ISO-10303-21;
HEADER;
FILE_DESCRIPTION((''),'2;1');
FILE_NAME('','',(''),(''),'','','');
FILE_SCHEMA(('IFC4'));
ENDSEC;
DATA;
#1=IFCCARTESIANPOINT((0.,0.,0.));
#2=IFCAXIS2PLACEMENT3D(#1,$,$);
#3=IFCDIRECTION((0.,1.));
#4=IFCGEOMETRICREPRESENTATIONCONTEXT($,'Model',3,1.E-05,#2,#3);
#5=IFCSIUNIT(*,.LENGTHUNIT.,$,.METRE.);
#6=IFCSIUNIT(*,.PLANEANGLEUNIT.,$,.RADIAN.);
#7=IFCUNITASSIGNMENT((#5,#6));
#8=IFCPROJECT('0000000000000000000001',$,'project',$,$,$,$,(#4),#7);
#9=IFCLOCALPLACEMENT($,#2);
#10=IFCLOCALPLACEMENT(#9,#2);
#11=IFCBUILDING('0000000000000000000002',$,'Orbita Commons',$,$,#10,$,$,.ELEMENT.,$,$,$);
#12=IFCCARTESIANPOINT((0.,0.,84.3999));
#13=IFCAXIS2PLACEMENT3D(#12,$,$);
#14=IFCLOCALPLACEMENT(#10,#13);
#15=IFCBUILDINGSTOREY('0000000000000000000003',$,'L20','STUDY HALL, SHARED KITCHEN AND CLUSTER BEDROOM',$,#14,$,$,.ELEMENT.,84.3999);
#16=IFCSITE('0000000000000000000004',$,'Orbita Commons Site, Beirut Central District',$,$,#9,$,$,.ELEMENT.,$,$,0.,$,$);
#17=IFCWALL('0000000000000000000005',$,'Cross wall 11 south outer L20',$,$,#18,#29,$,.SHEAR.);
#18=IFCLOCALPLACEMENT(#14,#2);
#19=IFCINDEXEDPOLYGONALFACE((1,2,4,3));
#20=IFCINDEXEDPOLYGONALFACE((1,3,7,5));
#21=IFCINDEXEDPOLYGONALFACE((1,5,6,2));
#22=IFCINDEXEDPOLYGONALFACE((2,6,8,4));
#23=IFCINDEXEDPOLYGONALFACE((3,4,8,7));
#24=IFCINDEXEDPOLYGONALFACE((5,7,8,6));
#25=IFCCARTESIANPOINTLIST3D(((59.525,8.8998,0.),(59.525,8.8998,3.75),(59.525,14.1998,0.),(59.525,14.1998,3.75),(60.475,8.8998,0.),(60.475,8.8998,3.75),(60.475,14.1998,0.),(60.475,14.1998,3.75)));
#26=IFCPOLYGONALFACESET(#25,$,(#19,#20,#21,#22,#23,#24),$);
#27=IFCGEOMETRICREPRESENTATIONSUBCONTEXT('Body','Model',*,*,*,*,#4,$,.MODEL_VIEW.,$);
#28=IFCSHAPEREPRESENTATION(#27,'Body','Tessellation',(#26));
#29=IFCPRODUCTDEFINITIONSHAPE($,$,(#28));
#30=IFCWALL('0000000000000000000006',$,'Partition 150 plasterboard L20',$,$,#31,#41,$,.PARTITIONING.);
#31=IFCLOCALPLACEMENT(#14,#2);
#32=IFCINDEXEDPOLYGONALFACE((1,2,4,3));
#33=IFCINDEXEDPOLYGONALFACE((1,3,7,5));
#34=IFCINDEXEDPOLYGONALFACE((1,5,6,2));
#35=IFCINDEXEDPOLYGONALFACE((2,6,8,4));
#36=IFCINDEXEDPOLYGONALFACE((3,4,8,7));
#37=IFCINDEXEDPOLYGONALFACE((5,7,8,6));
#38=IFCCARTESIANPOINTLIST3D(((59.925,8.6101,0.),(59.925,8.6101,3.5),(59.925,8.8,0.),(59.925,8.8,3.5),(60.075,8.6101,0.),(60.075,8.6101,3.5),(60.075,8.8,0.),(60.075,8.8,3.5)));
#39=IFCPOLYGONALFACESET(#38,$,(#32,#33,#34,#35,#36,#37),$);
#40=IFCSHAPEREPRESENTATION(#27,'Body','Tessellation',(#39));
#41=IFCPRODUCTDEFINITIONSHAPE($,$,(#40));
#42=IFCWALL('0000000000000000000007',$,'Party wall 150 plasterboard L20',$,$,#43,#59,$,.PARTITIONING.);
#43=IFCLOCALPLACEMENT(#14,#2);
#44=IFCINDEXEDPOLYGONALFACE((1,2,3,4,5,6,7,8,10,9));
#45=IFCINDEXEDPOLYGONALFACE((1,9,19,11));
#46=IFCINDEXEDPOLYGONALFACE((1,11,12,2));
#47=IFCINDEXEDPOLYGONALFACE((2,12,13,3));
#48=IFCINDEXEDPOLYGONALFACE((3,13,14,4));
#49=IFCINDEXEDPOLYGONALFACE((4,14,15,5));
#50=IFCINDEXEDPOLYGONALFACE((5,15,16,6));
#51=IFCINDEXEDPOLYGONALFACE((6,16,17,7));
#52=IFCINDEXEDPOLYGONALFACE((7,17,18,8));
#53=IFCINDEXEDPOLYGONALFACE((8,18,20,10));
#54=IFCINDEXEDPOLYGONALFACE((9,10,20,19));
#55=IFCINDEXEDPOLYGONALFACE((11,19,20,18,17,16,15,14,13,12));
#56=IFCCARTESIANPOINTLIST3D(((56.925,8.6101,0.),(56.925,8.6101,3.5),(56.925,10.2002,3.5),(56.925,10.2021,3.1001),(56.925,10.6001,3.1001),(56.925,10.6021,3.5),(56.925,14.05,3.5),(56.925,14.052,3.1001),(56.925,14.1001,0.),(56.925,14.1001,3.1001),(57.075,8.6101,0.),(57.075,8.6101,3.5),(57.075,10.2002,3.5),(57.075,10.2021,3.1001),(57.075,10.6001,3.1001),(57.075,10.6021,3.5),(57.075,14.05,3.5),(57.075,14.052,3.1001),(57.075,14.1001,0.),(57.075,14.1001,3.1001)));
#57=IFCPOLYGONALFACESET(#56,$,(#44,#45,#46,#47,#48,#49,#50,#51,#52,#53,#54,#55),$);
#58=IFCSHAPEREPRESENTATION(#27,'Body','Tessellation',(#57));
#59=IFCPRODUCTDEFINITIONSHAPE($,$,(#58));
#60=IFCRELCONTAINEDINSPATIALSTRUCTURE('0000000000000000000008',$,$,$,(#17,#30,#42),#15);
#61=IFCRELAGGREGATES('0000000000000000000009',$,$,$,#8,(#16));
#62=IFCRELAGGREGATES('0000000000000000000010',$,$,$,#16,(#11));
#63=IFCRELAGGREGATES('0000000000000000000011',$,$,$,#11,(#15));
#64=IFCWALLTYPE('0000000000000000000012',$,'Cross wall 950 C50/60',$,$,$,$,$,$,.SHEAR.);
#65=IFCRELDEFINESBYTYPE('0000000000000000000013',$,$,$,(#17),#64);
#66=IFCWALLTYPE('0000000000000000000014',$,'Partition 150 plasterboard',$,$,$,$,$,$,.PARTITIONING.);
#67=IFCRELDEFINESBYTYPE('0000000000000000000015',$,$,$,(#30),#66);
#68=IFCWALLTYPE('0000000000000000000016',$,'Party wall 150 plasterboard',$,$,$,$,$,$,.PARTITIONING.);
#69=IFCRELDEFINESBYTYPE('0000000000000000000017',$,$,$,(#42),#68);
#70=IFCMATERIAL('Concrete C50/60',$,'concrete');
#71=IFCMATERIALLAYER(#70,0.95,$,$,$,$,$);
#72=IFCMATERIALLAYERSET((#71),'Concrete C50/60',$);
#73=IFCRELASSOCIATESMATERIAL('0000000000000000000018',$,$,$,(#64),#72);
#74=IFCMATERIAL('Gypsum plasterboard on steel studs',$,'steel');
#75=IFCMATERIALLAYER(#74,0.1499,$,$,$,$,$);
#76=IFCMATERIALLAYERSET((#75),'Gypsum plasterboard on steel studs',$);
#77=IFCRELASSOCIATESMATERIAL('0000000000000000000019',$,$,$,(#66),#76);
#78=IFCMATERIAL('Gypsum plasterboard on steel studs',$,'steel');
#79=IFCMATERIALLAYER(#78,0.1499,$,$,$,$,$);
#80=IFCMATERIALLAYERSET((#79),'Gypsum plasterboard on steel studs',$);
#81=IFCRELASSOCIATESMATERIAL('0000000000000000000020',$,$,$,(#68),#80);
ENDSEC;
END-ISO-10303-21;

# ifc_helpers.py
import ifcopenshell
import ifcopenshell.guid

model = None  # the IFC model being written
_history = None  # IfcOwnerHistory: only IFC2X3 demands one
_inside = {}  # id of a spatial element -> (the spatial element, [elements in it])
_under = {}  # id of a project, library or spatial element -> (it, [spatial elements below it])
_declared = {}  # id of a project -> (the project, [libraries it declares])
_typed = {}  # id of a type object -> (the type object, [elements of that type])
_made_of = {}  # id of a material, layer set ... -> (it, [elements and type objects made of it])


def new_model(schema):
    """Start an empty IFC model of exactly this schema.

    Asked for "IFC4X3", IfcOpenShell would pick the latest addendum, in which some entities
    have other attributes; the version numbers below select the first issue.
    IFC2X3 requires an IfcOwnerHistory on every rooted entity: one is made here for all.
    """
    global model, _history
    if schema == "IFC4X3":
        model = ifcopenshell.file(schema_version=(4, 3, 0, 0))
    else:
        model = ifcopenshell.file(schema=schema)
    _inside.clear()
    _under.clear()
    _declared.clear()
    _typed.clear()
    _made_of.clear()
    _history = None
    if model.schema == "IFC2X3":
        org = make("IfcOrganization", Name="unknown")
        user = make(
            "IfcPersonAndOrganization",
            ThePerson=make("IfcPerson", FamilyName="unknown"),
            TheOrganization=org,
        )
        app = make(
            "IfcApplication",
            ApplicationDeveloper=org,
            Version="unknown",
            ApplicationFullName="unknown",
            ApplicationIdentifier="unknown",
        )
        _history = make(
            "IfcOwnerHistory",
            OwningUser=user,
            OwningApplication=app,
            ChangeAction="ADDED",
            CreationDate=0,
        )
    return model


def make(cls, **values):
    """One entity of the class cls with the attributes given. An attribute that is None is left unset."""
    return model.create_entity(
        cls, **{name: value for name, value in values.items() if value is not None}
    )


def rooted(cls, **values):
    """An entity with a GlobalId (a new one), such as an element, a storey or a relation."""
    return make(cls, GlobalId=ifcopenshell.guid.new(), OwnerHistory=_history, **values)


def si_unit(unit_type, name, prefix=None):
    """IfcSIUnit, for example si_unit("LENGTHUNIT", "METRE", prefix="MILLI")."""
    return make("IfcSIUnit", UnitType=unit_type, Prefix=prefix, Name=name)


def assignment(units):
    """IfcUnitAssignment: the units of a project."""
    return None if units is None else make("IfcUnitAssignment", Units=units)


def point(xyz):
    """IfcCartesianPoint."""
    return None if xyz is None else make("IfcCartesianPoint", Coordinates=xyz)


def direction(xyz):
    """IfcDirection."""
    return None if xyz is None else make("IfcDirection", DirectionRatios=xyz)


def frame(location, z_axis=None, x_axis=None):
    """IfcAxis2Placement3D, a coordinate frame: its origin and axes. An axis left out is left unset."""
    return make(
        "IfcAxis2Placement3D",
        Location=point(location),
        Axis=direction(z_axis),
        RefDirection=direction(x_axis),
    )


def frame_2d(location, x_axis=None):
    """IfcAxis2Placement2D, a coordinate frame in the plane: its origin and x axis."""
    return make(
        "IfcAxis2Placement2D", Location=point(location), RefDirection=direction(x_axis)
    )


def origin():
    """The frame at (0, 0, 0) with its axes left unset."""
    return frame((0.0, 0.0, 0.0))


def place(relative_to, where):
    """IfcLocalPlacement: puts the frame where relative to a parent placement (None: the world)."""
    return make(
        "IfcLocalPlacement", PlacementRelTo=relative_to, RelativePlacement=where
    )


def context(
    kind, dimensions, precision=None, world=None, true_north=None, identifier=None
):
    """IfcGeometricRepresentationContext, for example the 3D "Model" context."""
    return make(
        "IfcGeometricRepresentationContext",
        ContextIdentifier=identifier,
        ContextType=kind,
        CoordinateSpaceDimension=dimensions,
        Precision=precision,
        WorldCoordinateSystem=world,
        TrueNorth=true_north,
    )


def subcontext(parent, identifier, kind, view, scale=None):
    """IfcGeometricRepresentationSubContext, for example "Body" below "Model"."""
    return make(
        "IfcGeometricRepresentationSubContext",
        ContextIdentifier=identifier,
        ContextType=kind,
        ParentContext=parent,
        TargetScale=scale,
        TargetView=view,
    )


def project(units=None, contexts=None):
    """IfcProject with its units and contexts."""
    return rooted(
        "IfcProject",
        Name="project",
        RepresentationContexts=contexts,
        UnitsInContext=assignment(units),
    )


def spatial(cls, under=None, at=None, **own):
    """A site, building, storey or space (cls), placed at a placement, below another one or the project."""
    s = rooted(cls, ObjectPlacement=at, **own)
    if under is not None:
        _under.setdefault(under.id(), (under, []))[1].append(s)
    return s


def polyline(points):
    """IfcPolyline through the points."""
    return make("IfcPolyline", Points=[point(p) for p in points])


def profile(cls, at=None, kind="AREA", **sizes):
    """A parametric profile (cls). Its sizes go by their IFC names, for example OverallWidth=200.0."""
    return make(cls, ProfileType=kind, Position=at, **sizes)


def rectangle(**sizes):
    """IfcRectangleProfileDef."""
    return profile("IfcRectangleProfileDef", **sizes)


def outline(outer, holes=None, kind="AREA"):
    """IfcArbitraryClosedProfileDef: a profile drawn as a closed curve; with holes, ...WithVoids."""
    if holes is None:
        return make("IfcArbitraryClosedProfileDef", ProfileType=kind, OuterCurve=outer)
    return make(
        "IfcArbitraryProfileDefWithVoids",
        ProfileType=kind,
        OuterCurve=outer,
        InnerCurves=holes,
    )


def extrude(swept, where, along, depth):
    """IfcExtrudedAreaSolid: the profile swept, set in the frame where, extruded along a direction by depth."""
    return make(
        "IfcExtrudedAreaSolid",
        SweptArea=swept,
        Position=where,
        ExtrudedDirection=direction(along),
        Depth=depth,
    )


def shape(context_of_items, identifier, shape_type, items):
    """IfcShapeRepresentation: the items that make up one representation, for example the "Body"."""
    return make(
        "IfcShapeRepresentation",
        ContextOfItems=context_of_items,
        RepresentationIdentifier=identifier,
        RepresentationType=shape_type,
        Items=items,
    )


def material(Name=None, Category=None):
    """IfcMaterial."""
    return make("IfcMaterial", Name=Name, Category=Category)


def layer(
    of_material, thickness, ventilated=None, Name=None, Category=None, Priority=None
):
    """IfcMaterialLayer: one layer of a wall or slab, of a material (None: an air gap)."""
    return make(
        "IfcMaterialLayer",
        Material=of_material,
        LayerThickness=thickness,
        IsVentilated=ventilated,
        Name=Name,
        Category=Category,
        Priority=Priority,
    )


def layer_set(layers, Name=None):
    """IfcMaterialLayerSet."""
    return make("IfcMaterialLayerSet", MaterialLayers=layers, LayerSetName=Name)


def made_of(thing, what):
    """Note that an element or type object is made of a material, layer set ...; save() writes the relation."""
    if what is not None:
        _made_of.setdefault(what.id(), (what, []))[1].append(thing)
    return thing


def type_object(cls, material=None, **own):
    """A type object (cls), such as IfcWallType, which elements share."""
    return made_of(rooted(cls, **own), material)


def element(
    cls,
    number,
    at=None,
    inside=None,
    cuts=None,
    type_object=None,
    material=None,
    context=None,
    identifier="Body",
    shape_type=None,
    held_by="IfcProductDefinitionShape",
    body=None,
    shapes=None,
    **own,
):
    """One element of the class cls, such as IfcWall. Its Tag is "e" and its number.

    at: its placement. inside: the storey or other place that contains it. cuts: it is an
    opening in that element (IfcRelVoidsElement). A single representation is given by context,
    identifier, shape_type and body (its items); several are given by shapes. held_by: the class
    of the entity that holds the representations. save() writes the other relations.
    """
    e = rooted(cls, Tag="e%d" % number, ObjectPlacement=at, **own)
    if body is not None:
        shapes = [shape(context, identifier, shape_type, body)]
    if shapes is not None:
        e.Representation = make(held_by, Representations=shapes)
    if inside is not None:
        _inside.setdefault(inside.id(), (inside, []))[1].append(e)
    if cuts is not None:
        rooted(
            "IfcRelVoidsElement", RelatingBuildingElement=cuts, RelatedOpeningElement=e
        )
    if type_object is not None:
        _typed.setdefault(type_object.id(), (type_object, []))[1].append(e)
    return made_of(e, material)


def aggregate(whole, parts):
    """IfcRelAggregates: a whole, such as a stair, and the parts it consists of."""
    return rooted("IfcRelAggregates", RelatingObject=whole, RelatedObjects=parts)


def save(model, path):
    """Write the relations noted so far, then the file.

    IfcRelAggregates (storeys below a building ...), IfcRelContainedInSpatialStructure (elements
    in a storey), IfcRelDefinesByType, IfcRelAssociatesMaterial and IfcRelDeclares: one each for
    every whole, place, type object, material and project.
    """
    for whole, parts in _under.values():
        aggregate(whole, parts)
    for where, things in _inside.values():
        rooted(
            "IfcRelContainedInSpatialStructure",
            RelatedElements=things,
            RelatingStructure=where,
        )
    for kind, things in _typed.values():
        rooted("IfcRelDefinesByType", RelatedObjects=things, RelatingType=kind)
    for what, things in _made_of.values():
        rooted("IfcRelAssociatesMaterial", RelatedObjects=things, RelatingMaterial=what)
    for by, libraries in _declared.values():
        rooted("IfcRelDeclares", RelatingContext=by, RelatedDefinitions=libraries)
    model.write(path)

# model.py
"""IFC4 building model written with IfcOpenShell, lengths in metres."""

from ifc_helpers import new_model, si_unit, direction, frame, frame_2d, origin, place, context, subcontext, project, spatial, polyline, rectangle, outline, extrude, material, layer, layer_set, type_object, element, save


model = new_model("IFC4")

# Units and contexts
model_context = context("Model", 3, precision=1e-05, world=origin(), true_north=direction((0.0, 1.0)))
body_context = subcontext(model_context, "Body", "Model", "MODEL_VIEW")
ifc_project = project(units=[si_unit("LENGTHUNIT", "METRE"), si_unit("PLANEANGLEUNIT", "RADIAN")], contexts=[model_context])

# Site, building, storey
site_placement = place(None, origin())
site = spatial("IfcSite", under=ifc_project, at=site_placement, Name="Orbita Commons Site, Beirut Central District", CompositionType="ELEMENT", RefElevation=0.0)
building_placement = place(site_placement, origin())
building = spatial("IfcBuilding", under=site, at=building_placement, Name="Orbita Commons", CompositionType="ELEMENT")
storey_placement = place(building_placement, frame((0.0, 0.0, 84.3999)))
storey = spatial("IfcBuildingStorey", under=building, at=storey_placement, Name="L20", Description="STUDY HALL, SHARED KITCHEN AND CLUSTER BEDROOM", CompositionType="ELEMENT", Elevation=84.3999)

# Walls
ifc_material_1 = material(Name="Concrete C50/60", Category="concrete")
ifc_layer_1 = layer(ifc_material_1, 0.95)
ifc_layer_set_1 = layer_set([ifc_layer_1], Name="Concrete C50/60")
wall_type_1 = type_object("IfcWallType", Name="Cross wall 950 C50/60", PredefinedType="SHEAR", material=ifc_layer_set_1)
wall_1_placement = place(storey_placement, frame((60.0, 8.8999, 0.0), z_axis=(0.0, 0.0, 1.0), x_axis=(0.0, 1.0, 0.0)))
element("IfcWall", 1, at=wall_1_placement, inside=storey, type_object=wall_type_1, Name="Cross wall 11 south outer L20", PredefinedType="SHEAR", context=body_context, shape_type="SweptSolid", body=[
    extrude(rectangle(XDim=5.3, YDim=0.95, at=frame_2d((2.6499, 0.0))), origin(), (0.0, 0.0, 1.0), 3.75),
])
ifc_material_2 = material(Name="Gypsum plasterboard on steel studs", Category="steel")
ifc_layer_2 = layer(ifc_material_2, 0.1499)
ifc_layer_set_2 = layer_set([ifc_layer_2], Name="Gypsum plasterboard on steel studs")
wall_type_2 = type_object("IfcWallType", Name="Partition 150 plasterboard", PredefinedType="PARTITIONING", material=ifc_layer_set_2)
wall_2_placement = place(storey_placement, frame((60.0, 8.8, 0.0), z_axis=(0.0, 0.0, 1.0), x_axis=(0.0, -1.0, 0.0)))
element("IfcWall", 2, at=wall_2_placement, inside=storey, type_object=wall_type_2, Name="Partition 150 plasterboard L20", PredefinedType="PARTITIONING", context=body_context, shape_type="SweptSolid", body=[
    extrude(rectangle(XDim=0.1899, YDim=0.1499, at=frame_2d((0.095, 0.0))), origin(), (0.0, 0.0, 1.0), 3.5),
])
ifc_material_3 = material(Name="Gypsum plasterboard on steel studs", Category="steel")
ifc_layer_3 = layer(ifc_material_3, 0.1499)
ifc_layer_set_3 = layer_set([ifc_layer_3], Name="Gypsum plasterboard on steel studs")
wall_type_3 = type_object("IfcWallType", Name="Party wall 150 plasterboard", PredefinedType="PARTITIONING", material=ifc_layer_set_3)
wall_3_placement = place(storey_placement, frame((57.0, 8.6101, 0.0), z_axis=(0.0, 0.0, 1.0), x_axis=(0.0, 1.0, 0.0)))
element("IfcWall", 3, at=wall_3_placement, inside=storey, type_object=wall_type_3, Name="Party wall 150 plasterboard L20", PredefinedType="PARTITIONING", context=body_context, shape_type="SweptSolid", body=[
    extrude(outline(polyline([(0.0, 0.0), (5.49, 0.0), (5.49, 3.1001), (5.4419, 3.1001), (5.4399, 3.5), (1.9919, 3.5), (1.99, 3.1001), (1.592, 3.1001), (1.5901, 3.5), (0.0, 3.5), (0.0, 0.0)])), frame((0.0, 0.075, 0.0), z_axis=(0.0, -1.0, 0.0), x_axis=(1.0, 0.0, 0.0)), (0.0, 0.0, 1.0), 0.1499),
])

save(model, "model.ifc")
